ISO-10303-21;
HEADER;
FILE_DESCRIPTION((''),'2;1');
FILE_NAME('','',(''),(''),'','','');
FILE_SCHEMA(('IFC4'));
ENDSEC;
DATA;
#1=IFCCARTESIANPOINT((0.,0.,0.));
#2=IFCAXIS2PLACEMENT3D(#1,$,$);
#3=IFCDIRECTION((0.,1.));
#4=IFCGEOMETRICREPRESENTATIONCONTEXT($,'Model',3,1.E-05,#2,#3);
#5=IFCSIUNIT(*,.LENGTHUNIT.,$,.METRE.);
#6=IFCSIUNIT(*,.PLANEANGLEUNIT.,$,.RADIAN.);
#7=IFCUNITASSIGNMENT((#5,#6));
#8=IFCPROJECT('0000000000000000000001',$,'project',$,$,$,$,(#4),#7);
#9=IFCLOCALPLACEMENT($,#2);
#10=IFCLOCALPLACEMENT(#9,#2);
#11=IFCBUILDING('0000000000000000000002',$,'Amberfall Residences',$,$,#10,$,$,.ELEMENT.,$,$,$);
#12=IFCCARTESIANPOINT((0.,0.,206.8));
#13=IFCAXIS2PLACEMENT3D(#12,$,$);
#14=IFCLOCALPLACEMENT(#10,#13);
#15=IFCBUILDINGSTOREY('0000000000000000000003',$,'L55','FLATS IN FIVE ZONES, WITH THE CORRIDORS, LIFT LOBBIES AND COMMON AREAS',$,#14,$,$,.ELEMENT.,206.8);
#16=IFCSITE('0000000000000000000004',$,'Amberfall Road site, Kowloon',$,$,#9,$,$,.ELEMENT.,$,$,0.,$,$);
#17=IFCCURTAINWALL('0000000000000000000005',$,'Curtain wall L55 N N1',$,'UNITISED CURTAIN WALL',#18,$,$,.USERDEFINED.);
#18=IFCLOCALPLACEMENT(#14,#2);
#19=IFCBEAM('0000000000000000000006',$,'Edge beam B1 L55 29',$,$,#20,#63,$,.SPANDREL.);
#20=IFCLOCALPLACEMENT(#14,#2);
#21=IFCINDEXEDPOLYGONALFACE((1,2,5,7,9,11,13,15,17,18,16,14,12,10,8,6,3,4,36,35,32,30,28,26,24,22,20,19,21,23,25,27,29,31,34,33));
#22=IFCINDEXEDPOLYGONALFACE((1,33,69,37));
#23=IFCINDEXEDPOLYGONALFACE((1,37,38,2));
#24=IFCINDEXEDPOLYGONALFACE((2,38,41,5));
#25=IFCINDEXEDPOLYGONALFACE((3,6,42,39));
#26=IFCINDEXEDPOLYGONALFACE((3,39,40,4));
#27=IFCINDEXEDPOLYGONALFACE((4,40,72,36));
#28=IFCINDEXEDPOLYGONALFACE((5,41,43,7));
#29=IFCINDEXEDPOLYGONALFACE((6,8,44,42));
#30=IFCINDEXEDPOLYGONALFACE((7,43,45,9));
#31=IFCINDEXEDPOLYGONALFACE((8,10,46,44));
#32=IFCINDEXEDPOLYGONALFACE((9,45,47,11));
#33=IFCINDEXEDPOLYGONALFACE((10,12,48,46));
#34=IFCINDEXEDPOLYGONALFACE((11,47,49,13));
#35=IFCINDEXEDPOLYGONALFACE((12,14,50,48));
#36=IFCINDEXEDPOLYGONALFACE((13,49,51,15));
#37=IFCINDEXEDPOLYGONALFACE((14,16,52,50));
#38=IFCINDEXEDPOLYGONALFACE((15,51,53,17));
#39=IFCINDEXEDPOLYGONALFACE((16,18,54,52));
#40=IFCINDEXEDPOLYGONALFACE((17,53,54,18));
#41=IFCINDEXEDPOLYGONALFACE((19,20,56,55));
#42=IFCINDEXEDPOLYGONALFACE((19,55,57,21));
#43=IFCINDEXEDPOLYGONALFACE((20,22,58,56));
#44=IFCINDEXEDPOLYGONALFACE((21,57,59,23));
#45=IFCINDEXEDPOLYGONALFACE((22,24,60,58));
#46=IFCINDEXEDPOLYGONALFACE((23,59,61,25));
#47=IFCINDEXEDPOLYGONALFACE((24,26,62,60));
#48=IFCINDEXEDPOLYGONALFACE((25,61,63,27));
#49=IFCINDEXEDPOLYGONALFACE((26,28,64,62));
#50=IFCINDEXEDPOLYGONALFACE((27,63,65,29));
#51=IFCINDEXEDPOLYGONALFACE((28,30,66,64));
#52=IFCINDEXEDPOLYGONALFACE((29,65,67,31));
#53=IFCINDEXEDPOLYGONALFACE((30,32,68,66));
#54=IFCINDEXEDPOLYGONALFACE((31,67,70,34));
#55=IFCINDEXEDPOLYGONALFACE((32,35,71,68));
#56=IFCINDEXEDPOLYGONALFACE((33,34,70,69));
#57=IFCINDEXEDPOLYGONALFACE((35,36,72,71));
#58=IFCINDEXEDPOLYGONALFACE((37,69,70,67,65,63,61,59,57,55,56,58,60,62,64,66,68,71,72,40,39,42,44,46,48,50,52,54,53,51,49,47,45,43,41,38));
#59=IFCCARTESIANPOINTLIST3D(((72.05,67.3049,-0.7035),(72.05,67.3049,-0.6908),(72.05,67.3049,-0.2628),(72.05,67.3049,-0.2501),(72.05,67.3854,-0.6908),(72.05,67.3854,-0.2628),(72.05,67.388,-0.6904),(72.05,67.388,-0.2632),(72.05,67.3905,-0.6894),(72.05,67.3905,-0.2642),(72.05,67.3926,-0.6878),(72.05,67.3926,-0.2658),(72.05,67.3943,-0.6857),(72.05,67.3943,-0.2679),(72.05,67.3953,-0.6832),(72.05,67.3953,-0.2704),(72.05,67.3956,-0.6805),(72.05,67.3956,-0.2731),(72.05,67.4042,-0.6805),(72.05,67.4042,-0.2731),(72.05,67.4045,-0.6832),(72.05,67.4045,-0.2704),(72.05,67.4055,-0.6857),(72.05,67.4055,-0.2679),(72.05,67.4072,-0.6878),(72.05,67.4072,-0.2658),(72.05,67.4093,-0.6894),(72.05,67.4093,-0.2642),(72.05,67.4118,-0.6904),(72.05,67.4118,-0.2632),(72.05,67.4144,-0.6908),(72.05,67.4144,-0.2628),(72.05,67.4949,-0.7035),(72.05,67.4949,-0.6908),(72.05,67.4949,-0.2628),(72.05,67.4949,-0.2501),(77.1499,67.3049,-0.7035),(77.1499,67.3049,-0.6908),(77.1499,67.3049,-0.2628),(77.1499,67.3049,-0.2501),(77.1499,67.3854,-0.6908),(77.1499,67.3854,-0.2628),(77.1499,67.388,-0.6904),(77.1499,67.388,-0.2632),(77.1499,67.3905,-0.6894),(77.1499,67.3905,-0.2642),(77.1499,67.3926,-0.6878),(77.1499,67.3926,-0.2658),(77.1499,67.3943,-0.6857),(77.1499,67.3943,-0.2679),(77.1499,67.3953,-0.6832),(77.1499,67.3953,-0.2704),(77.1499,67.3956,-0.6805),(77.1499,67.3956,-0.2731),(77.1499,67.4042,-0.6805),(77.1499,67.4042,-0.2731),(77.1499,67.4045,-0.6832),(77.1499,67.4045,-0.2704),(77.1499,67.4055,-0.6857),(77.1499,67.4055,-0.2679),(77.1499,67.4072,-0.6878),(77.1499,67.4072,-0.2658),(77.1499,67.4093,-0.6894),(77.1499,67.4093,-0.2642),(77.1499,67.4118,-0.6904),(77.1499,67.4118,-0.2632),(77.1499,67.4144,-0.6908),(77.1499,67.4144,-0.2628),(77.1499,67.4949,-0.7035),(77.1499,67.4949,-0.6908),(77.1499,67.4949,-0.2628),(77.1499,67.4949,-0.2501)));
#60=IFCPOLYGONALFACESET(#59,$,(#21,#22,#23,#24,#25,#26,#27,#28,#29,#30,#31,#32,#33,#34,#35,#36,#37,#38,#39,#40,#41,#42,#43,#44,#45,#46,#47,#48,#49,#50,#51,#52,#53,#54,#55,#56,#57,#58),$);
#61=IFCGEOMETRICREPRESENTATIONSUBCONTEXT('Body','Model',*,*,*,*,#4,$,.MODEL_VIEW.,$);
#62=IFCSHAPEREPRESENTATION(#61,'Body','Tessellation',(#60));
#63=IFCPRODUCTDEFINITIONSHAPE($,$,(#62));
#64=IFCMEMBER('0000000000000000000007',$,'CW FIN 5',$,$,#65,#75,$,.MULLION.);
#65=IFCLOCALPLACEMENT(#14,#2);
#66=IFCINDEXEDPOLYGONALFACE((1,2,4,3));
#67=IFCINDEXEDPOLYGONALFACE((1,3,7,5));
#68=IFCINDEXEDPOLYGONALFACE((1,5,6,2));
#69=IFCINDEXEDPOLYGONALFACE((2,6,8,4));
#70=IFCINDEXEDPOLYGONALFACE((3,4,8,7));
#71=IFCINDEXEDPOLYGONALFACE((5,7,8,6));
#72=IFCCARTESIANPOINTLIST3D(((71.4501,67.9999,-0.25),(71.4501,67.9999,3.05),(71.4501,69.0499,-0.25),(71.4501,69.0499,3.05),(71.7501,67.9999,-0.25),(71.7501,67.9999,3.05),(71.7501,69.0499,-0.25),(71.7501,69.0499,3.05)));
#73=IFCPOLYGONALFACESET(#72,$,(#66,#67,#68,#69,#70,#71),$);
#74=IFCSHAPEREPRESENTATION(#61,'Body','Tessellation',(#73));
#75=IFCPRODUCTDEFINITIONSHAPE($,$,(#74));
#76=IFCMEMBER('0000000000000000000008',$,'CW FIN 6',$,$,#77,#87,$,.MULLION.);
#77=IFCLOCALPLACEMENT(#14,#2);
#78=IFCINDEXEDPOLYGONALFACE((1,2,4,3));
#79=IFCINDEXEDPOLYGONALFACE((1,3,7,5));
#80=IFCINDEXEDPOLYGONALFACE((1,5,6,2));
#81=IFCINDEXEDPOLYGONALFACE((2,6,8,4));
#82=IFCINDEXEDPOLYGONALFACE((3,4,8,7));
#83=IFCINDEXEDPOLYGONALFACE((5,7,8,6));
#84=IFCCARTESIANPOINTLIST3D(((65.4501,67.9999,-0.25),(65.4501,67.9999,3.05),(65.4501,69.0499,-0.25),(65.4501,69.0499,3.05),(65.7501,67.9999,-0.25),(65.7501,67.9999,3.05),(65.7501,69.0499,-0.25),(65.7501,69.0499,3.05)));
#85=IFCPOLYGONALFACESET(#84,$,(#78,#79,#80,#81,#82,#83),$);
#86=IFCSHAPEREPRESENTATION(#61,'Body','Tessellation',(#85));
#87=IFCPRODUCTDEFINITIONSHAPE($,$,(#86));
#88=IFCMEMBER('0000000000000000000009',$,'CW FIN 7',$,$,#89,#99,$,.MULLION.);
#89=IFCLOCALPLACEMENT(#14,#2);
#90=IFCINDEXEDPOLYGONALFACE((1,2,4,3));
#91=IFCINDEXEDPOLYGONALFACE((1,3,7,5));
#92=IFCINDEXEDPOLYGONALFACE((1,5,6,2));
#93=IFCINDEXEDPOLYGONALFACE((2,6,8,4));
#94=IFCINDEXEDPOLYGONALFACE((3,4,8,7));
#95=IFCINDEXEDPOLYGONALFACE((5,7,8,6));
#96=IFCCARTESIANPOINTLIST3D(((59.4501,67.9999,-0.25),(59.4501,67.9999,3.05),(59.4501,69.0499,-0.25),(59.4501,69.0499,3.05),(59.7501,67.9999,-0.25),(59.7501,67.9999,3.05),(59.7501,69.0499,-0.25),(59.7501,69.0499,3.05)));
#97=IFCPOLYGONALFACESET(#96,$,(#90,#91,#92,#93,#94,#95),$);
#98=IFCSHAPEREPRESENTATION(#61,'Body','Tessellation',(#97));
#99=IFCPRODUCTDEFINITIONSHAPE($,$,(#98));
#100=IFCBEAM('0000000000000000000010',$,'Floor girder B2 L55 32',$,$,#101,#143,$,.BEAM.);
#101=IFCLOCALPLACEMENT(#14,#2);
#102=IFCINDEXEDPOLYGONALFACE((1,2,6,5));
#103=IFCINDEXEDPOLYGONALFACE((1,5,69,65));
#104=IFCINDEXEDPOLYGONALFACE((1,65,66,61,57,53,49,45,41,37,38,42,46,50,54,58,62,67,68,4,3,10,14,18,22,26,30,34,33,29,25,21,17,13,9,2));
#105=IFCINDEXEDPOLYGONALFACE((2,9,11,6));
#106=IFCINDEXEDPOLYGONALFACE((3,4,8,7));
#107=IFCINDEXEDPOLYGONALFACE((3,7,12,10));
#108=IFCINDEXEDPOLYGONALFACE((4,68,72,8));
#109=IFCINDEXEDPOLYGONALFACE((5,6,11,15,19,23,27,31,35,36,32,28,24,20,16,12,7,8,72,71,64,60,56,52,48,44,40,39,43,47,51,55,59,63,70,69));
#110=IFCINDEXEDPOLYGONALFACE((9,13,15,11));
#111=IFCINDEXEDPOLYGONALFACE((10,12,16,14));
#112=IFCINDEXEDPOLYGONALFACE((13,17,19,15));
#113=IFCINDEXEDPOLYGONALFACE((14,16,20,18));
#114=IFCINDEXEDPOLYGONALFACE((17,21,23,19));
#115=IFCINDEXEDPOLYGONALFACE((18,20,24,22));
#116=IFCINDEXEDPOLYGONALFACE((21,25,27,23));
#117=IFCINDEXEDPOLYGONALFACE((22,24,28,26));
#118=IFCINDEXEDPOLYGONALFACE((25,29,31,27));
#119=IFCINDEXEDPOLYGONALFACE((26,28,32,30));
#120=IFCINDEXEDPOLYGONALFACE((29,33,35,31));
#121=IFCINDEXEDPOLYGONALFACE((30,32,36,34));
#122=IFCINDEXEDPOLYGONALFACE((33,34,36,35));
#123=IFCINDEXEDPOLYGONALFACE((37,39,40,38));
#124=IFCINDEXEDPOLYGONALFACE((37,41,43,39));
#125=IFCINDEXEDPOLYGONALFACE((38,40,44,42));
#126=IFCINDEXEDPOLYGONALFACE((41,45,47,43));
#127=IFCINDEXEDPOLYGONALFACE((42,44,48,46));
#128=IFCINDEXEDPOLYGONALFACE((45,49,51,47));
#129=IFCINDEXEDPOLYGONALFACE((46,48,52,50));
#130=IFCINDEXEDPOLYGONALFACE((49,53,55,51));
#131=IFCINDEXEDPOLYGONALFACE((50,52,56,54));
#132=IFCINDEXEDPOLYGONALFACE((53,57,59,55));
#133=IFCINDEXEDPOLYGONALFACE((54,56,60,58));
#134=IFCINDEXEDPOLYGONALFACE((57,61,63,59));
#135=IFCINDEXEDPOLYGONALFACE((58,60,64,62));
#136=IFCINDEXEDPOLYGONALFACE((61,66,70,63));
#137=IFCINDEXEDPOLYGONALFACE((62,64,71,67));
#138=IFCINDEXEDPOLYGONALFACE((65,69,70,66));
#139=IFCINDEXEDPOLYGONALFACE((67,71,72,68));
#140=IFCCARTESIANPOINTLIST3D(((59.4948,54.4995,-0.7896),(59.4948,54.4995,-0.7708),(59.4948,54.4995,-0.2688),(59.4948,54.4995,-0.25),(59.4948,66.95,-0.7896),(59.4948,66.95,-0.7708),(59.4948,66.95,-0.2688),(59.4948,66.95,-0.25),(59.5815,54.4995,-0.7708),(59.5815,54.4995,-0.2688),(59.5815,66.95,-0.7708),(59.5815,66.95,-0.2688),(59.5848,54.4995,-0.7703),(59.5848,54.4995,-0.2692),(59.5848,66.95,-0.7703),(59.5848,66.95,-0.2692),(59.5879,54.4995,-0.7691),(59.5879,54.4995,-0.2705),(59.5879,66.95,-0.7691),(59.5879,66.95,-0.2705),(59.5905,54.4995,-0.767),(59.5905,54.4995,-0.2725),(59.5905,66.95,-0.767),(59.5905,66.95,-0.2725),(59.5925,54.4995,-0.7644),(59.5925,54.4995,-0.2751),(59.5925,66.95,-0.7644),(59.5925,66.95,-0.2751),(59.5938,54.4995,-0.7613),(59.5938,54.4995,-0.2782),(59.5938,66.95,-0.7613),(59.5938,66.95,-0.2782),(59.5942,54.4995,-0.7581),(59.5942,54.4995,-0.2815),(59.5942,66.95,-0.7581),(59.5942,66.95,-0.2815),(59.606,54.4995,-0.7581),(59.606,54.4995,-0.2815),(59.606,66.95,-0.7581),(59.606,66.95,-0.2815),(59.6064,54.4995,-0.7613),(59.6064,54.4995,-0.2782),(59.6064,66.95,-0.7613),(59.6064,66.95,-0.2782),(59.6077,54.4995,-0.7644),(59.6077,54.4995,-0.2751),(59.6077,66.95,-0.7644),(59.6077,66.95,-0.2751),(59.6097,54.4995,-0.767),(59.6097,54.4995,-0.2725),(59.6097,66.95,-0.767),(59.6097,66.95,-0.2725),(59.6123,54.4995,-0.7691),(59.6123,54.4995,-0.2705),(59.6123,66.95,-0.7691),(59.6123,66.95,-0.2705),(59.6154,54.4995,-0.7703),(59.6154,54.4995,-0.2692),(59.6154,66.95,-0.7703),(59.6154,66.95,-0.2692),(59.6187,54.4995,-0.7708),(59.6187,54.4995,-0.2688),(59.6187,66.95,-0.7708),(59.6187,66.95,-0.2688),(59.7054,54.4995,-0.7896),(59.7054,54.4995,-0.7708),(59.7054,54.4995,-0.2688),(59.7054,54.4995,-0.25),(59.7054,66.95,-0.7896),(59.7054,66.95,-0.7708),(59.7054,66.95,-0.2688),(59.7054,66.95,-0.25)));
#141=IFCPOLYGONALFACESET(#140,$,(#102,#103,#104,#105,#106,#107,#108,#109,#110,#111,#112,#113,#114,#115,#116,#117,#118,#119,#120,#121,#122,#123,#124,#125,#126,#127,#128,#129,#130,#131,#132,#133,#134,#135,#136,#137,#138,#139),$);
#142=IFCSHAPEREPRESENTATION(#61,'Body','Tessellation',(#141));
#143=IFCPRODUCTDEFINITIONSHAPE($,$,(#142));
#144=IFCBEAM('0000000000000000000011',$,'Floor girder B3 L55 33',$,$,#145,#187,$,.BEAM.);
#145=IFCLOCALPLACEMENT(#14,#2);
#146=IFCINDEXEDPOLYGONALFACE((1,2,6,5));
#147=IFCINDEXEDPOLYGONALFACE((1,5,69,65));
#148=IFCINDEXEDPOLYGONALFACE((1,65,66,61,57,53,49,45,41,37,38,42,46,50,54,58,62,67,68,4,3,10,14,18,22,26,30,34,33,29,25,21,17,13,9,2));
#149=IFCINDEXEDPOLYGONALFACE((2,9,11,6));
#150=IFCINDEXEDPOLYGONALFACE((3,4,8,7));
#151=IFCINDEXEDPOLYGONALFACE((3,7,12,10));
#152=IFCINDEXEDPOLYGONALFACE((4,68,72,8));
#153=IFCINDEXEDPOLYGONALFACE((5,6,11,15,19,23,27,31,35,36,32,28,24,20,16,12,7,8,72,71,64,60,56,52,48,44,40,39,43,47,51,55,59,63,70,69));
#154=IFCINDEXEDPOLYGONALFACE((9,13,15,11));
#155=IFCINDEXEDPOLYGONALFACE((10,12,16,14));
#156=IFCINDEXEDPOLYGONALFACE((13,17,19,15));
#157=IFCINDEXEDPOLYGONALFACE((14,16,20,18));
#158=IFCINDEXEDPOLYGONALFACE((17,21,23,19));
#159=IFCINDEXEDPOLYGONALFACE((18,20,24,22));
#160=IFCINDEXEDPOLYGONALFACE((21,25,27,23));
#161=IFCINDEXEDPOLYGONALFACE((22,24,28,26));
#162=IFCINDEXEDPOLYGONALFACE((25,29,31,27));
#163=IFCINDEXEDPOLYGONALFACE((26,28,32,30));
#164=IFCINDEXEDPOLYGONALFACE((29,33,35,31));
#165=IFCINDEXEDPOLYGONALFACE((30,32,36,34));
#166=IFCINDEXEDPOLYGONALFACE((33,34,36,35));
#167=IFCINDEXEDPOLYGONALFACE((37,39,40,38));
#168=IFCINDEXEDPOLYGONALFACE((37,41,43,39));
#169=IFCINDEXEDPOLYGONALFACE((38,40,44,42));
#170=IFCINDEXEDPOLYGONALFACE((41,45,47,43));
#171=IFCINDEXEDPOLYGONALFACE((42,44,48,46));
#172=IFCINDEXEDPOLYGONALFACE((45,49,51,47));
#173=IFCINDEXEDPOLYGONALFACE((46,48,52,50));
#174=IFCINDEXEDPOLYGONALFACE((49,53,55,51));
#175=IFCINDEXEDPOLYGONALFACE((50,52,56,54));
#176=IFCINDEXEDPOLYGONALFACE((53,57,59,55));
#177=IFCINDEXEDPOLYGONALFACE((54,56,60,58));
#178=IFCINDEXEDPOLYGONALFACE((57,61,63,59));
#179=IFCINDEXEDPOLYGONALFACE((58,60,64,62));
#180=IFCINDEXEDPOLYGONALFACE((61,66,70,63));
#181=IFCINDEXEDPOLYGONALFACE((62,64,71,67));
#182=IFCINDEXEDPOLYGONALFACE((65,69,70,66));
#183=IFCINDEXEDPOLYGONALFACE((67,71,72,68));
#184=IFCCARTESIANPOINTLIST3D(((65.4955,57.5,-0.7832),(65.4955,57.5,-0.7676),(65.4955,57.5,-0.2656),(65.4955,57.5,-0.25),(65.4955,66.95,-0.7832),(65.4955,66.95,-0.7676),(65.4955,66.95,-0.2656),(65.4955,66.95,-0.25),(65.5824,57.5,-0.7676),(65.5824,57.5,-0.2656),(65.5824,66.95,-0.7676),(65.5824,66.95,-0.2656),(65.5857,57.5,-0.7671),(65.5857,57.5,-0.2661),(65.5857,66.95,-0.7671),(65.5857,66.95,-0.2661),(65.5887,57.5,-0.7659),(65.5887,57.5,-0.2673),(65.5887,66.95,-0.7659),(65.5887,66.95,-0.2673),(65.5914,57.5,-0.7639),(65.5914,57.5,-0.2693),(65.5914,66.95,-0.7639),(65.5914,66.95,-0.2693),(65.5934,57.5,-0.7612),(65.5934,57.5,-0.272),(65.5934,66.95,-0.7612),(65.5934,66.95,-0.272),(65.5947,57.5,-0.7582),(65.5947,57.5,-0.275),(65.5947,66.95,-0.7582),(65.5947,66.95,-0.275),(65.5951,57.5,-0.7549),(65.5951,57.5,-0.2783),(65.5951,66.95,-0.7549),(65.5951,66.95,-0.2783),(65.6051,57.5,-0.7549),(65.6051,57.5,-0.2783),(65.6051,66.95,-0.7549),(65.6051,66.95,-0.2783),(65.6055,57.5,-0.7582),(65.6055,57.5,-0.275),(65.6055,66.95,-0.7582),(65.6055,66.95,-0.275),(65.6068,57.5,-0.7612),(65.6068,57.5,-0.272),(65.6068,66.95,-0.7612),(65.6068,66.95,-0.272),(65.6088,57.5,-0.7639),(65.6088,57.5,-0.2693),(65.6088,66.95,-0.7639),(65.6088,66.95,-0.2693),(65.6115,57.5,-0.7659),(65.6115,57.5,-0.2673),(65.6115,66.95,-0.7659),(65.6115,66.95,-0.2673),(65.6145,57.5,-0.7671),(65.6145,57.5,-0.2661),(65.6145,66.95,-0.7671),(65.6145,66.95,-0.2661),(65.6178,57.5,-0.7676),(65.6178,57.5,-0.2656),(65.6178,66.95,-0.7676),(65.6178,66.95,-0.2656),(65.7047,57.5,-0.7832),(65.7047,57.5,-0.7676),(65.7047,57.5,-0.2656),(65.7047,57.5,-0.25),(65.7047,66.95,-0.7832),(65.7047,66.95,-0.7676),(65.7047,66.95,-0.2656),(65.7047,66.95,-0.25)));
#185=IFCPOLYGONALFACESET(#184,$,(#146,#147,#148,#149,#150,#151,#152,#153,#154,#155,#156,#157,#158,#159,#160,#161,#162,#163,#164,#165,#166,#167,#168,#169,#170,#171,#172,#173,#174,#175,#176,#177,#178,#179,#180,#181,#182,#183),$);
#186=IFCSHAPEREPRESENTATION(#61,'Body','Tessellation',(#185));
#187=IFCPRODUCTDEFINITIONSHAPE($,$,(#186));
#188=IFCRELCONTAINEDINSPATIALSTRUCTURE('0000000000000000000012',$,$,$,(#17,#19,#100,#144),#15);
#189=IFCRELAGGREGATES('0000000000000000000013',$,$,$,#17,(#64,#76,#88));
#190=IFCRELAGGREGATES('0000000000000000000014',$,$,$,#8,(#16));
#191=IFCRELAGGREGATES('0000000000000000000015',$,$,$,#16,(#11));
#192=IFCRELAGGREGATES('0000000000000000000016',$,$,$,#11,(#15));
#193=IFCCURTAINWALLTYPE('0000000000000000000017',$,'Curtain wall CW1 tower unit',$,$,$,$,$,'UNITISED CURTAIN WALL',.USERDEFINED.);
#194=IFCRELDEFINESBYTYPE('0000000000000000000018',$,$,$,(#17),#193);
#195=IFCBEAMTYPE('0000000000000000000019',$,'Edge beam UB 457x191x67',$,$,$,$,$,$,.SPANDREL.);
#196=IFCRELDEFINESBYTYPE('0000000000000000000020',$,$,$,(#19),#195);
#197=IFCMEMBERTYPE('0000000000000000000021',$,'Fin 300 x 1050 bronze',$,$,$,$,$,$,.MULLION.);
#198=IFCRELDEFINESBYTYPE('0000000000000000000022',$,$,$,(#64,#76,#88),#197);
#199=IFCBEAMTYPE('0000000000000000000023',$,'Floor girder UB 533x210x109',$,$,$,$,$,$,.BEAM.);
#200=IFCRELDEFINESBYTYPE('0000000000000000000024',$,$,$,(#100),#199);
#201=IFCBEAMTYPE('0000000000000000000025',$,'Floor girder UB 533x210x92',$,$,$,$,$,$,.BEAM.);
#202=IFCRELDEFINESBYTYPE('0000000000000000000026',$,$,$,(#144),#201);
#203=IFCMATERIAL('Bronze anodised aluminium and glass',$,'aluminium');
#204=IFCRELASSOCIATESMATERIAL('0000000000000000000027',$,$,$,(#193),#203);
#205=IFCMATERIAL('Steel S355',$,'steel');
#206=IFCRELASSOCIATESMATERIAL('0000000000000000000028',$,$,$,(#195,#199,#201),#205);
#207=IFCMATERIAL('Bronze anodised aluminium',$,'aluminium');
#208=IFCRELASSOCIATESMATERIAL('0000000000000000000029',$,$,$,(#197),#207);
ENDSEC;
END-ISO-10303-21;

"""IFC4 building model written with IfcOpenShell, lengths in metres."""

from ifc_helpers import new_model, si_unit, direction, frame, origin, origin_2d, place, context, subcontext, project, spatial, rectangle, i_section, extrude, material, material_profile, profile_set, type_object, element, aggregate, save


model = new_model("IFC4")

# Units and contexts
model_context = context("Model", 3, precision=1e-05, world=origin(), true_north=direction((0.0, 1.0)))
body_context = subcontext(model_context, "Body", "Model", "MODEL_VIEW")
ifc_project = project(units=[si_unit("LENGTHUNIT", "METRE"), si_unit("PLANEANGLEUNIT", "RADIAN")], contexts=[model_context])

# Site, building, storey
site_placement = place(None, origin())
site = spatial("IfcSite", under=ifc_project, at=site_placement, Name="Amberfall Road site, Kowloon", CompositionType="ELEMENT", RefElevation=0.0)
building_placement = place(site_placement, origin())
building = spatial("IfcBuilding", under=site, at=building_placement, Name="Amberfall Residences", CompositionType="ELEMENT")
storey_placement = place(building_placement, frame((0.0, 0.0, 206.8)))
storey = spatial("IfcBuildingStorey", under=building, at=storey_placement, Name="L55", Description="FLATS IN FIVE ZONES, WITH THE CORRIDORS, LIFT LOBBIES AND COMMON AREAS", CompositionType="ELEMENT", Elevation=206.8)

# Curtain wall
ifc_material_1 = material(Name="Bronze anodised aluminium and glass", Category="aluminium")
curtain_wall_type = type_object("IfcCurtainWallType", Name="Curtain wall CW1 tower unit", ElementType="UNITISED CURTAIN WALL", PredefinedType="USERDEFINED", material=ifc_material_1)
curtain_wall_placement = place(storey_placement, origin())
curtain_wall = element("IfcCurtainWall", 1, at=curtain_wall_placement, inside=storey, type_object=curtain_wall_type, Name="Curtain wall L55 N N1", ObjectType="UNITISED CURTAIN WALL", PredefinedType="USERDEFINED")
ifc_material_2 = material(Name="Bronze anodised aluminium", Category="aluminium")

# Beam
ifc_material_3 = material(Name="Steel S355", Category="steel")
ifc_material_profile_1 = material_profile(ifc_material_3, i_section(OverallWidth=0.1899, OverallDepth=0.4534, WebThickness=0.0085, FlangeThickness=0.0127, FilletRadius=0.0103, at=origin_2d()), Name="UB 457x191x67")
ifc_profile_set_1 = profile_set([ifc_material_profile_1], Name="Steel S355")
beam_type_1 = type_object("IfcBeamType", Name="Edge beam UB 457x191x67", PredefinedType="SPANDREL", material=ifc_profile_set_1)
for number, where, z_axis, x_axis, name in (
    (2, (72.05, 67.3999, -0.4768), (1.0, 0.0, 0.0), (0.0, 1.0, 0.0), "Edge beam B1 L55 29"),
):
    element("IfcBeam", number, at=place(storey_placement, frame(where, z_axis=z_axis, x_axis=x_axis)), inside=storey, type_object=beam_type_1, Name=name, PredefinedType="SPANDREL", context=body_context, shape_type="SweptSolid", body=[
        extrude(i_section(OverallWidth=0.1899, OverallDepth=0.4534, WebThickness=0.0085, FlangeThickness=0.0127, FilletRadius=0.0103, at=origin_2d()), origin(), (0.0, 0.0, 1.0), 5.0999),
    ])

# Members
ifc_material_profile_2 = material_profile(ifc_material_2, rectangle(XDim=1.05, YDim=0.3, at=origin_2d()), Name="Fin 300 x 1050 bronze")
ifc_profile_set_2 = profile_set([ifc_material_profile_2], Name="Bronze anodised aluminium")
member_type_1 = type_object("IfcMemberType", Name="Fin 300 x 1050 bronze", PredefinedType="MULLION", material=ifc_profile_set_2)
member_1_placement = place(storey_placement, frame((71.6001, 68.5249, -0.25), z_axis=(0.0, 0.0, 1.0), x_axis=(0.0, -1.0, 0.0)))
member_1 = element("IfcMember", 3, at=member_1_placement, type_object=member_type_1, Name="CW FIN 5", PredefinedType="MULLION", context=body_context, shape_type="SweptSolid", body=[
    extrude(rectangle(XDim=1.05, YDim=0.3, at=origin_2d()), origin(), (0.0, 0.0, 1.0), 3.3),
])
member_2_placement = place(storey_placement, frame((65.6001, 68.5249, -0.25), z_axis=(0.0, 0.0, 1.0), x_axis=(0.0, -1.0, 0.0)))
member_2 = element("IfcMember", 4, at=member_2_placement, type_object=member_type_1, Name="CW FIN 6", PredefinedType="MULLION", context=body_context, shape_type="SweptSolid", body=[
    extrude(rectangle(XDim=1.05, YDim=0.3, at=origin_2d()), origin(), (0.0, 0.0, 1.0), 3.3),
])
member_3_placement = place(storey_placement, frame((59.6001, 68.5249, -0.25), z_axis=(0.0, 0.0, 1.0), x_axis=(0.0, -1.0, 0.0)))
member_3 = element("IfcMember", 5, at=member_3_placement, type_object=member_type_1, Name="CW FIN 7", PredefinedType="MULLION", context=body_context, shape_type="SweptSolid", body=[
    extrude(rectangle(XDim=1.05, YDim=0.3, at=origin_2d()), origin(), (0.0, 0.0, 1.0), 3.3),
])

# Beams
ifc_material_profile_3 = material_profile(ifc_material_3, i_section(OverallWidth=0.2107, OverallDepth=0.5396, WebThickness=0.0117, FlangeThickness=0.0188, FilletRadius=0.0127, at=origin_2d()), Name="UB 533x210x109")
ifc_profile_set_3 = profile_set([ifc_material_profile_3], Name="Steel S355")
beam_type_2 = type_object("IfcBeamType", Name="Floor girder UB 533x210x109", PredefinedType="BEAM", material=ifc_profile_set_3)
beam_placement = place(storey_placement, frame((59.6001, 66.95, -0.5198), z_axis=(0.0, -1.0, 0.0), x_axis=(1.0, 0.0, 0.0)))
element("IfcBeam", 6, at=beam_placement, inside=storey, type_object=beam_type_2, Name="Floor girder B2 L55 32", PredefinedType="BEAM", context=body_context, shape_type="SweptSolid", body=[
    extrude(i_section(OverallWidth=0.2107, OverallDepth=0.5396, WebThickness=0.0117, FlangeThickness=0.0188, FilletRadius=0.0127, at=origin_2d()), origin(), (0.0, 0.0, 1.0), 12.4504),
])
ifc_material_profile_4 = material_profile(ifc_material_3, i_section(OverallWidth=0.2092, OverallDepth=0.5332, WebThickness=0.01, FlangeThickness=0.0156, FilletRadius=0.0127, at=origin_2d()), Name="UB 533x210x92")
ifc_profile_set_4 = profile_set([ifc_material_profile_4], Name="Steel S355")
beam_type_3 = type_object("IfcBeamType", Name="Floor girder UB 533x210x92", PredefinedType="BEAM", material=ifc_profile_set_4)
for number, where, z_axis, x_axis, name in (
    (7, (65.6001, 66.95, -0.5166), (0.0, -1.0, 0.0), (1.0, 0.0, 0.0), "Floor girder B3 L55 33"),
):
    element("IfcBeam", number, at=place(storey_placement, frame(where, z_axis=z_axis, x_axis=x_axis)), inside=storey, type_object=beam_type_3, Name=name, PredefinedType="BEAM", context=body_context, shape_type="SweptSolid", body=[
        extrude(i_section(OverallWidth=0.2092, OverallDepth=0.5332, WebThickness=0.01, FlangeThickness=0.0156, FilletRadius=0.0127, at=origin_2d()), origin(), (0.0, 0.0, 1.0), 9.45),
    ])

aggregate(curtain_wall, [member_1, member_2, member_3])

save(model, "model.ifc")
